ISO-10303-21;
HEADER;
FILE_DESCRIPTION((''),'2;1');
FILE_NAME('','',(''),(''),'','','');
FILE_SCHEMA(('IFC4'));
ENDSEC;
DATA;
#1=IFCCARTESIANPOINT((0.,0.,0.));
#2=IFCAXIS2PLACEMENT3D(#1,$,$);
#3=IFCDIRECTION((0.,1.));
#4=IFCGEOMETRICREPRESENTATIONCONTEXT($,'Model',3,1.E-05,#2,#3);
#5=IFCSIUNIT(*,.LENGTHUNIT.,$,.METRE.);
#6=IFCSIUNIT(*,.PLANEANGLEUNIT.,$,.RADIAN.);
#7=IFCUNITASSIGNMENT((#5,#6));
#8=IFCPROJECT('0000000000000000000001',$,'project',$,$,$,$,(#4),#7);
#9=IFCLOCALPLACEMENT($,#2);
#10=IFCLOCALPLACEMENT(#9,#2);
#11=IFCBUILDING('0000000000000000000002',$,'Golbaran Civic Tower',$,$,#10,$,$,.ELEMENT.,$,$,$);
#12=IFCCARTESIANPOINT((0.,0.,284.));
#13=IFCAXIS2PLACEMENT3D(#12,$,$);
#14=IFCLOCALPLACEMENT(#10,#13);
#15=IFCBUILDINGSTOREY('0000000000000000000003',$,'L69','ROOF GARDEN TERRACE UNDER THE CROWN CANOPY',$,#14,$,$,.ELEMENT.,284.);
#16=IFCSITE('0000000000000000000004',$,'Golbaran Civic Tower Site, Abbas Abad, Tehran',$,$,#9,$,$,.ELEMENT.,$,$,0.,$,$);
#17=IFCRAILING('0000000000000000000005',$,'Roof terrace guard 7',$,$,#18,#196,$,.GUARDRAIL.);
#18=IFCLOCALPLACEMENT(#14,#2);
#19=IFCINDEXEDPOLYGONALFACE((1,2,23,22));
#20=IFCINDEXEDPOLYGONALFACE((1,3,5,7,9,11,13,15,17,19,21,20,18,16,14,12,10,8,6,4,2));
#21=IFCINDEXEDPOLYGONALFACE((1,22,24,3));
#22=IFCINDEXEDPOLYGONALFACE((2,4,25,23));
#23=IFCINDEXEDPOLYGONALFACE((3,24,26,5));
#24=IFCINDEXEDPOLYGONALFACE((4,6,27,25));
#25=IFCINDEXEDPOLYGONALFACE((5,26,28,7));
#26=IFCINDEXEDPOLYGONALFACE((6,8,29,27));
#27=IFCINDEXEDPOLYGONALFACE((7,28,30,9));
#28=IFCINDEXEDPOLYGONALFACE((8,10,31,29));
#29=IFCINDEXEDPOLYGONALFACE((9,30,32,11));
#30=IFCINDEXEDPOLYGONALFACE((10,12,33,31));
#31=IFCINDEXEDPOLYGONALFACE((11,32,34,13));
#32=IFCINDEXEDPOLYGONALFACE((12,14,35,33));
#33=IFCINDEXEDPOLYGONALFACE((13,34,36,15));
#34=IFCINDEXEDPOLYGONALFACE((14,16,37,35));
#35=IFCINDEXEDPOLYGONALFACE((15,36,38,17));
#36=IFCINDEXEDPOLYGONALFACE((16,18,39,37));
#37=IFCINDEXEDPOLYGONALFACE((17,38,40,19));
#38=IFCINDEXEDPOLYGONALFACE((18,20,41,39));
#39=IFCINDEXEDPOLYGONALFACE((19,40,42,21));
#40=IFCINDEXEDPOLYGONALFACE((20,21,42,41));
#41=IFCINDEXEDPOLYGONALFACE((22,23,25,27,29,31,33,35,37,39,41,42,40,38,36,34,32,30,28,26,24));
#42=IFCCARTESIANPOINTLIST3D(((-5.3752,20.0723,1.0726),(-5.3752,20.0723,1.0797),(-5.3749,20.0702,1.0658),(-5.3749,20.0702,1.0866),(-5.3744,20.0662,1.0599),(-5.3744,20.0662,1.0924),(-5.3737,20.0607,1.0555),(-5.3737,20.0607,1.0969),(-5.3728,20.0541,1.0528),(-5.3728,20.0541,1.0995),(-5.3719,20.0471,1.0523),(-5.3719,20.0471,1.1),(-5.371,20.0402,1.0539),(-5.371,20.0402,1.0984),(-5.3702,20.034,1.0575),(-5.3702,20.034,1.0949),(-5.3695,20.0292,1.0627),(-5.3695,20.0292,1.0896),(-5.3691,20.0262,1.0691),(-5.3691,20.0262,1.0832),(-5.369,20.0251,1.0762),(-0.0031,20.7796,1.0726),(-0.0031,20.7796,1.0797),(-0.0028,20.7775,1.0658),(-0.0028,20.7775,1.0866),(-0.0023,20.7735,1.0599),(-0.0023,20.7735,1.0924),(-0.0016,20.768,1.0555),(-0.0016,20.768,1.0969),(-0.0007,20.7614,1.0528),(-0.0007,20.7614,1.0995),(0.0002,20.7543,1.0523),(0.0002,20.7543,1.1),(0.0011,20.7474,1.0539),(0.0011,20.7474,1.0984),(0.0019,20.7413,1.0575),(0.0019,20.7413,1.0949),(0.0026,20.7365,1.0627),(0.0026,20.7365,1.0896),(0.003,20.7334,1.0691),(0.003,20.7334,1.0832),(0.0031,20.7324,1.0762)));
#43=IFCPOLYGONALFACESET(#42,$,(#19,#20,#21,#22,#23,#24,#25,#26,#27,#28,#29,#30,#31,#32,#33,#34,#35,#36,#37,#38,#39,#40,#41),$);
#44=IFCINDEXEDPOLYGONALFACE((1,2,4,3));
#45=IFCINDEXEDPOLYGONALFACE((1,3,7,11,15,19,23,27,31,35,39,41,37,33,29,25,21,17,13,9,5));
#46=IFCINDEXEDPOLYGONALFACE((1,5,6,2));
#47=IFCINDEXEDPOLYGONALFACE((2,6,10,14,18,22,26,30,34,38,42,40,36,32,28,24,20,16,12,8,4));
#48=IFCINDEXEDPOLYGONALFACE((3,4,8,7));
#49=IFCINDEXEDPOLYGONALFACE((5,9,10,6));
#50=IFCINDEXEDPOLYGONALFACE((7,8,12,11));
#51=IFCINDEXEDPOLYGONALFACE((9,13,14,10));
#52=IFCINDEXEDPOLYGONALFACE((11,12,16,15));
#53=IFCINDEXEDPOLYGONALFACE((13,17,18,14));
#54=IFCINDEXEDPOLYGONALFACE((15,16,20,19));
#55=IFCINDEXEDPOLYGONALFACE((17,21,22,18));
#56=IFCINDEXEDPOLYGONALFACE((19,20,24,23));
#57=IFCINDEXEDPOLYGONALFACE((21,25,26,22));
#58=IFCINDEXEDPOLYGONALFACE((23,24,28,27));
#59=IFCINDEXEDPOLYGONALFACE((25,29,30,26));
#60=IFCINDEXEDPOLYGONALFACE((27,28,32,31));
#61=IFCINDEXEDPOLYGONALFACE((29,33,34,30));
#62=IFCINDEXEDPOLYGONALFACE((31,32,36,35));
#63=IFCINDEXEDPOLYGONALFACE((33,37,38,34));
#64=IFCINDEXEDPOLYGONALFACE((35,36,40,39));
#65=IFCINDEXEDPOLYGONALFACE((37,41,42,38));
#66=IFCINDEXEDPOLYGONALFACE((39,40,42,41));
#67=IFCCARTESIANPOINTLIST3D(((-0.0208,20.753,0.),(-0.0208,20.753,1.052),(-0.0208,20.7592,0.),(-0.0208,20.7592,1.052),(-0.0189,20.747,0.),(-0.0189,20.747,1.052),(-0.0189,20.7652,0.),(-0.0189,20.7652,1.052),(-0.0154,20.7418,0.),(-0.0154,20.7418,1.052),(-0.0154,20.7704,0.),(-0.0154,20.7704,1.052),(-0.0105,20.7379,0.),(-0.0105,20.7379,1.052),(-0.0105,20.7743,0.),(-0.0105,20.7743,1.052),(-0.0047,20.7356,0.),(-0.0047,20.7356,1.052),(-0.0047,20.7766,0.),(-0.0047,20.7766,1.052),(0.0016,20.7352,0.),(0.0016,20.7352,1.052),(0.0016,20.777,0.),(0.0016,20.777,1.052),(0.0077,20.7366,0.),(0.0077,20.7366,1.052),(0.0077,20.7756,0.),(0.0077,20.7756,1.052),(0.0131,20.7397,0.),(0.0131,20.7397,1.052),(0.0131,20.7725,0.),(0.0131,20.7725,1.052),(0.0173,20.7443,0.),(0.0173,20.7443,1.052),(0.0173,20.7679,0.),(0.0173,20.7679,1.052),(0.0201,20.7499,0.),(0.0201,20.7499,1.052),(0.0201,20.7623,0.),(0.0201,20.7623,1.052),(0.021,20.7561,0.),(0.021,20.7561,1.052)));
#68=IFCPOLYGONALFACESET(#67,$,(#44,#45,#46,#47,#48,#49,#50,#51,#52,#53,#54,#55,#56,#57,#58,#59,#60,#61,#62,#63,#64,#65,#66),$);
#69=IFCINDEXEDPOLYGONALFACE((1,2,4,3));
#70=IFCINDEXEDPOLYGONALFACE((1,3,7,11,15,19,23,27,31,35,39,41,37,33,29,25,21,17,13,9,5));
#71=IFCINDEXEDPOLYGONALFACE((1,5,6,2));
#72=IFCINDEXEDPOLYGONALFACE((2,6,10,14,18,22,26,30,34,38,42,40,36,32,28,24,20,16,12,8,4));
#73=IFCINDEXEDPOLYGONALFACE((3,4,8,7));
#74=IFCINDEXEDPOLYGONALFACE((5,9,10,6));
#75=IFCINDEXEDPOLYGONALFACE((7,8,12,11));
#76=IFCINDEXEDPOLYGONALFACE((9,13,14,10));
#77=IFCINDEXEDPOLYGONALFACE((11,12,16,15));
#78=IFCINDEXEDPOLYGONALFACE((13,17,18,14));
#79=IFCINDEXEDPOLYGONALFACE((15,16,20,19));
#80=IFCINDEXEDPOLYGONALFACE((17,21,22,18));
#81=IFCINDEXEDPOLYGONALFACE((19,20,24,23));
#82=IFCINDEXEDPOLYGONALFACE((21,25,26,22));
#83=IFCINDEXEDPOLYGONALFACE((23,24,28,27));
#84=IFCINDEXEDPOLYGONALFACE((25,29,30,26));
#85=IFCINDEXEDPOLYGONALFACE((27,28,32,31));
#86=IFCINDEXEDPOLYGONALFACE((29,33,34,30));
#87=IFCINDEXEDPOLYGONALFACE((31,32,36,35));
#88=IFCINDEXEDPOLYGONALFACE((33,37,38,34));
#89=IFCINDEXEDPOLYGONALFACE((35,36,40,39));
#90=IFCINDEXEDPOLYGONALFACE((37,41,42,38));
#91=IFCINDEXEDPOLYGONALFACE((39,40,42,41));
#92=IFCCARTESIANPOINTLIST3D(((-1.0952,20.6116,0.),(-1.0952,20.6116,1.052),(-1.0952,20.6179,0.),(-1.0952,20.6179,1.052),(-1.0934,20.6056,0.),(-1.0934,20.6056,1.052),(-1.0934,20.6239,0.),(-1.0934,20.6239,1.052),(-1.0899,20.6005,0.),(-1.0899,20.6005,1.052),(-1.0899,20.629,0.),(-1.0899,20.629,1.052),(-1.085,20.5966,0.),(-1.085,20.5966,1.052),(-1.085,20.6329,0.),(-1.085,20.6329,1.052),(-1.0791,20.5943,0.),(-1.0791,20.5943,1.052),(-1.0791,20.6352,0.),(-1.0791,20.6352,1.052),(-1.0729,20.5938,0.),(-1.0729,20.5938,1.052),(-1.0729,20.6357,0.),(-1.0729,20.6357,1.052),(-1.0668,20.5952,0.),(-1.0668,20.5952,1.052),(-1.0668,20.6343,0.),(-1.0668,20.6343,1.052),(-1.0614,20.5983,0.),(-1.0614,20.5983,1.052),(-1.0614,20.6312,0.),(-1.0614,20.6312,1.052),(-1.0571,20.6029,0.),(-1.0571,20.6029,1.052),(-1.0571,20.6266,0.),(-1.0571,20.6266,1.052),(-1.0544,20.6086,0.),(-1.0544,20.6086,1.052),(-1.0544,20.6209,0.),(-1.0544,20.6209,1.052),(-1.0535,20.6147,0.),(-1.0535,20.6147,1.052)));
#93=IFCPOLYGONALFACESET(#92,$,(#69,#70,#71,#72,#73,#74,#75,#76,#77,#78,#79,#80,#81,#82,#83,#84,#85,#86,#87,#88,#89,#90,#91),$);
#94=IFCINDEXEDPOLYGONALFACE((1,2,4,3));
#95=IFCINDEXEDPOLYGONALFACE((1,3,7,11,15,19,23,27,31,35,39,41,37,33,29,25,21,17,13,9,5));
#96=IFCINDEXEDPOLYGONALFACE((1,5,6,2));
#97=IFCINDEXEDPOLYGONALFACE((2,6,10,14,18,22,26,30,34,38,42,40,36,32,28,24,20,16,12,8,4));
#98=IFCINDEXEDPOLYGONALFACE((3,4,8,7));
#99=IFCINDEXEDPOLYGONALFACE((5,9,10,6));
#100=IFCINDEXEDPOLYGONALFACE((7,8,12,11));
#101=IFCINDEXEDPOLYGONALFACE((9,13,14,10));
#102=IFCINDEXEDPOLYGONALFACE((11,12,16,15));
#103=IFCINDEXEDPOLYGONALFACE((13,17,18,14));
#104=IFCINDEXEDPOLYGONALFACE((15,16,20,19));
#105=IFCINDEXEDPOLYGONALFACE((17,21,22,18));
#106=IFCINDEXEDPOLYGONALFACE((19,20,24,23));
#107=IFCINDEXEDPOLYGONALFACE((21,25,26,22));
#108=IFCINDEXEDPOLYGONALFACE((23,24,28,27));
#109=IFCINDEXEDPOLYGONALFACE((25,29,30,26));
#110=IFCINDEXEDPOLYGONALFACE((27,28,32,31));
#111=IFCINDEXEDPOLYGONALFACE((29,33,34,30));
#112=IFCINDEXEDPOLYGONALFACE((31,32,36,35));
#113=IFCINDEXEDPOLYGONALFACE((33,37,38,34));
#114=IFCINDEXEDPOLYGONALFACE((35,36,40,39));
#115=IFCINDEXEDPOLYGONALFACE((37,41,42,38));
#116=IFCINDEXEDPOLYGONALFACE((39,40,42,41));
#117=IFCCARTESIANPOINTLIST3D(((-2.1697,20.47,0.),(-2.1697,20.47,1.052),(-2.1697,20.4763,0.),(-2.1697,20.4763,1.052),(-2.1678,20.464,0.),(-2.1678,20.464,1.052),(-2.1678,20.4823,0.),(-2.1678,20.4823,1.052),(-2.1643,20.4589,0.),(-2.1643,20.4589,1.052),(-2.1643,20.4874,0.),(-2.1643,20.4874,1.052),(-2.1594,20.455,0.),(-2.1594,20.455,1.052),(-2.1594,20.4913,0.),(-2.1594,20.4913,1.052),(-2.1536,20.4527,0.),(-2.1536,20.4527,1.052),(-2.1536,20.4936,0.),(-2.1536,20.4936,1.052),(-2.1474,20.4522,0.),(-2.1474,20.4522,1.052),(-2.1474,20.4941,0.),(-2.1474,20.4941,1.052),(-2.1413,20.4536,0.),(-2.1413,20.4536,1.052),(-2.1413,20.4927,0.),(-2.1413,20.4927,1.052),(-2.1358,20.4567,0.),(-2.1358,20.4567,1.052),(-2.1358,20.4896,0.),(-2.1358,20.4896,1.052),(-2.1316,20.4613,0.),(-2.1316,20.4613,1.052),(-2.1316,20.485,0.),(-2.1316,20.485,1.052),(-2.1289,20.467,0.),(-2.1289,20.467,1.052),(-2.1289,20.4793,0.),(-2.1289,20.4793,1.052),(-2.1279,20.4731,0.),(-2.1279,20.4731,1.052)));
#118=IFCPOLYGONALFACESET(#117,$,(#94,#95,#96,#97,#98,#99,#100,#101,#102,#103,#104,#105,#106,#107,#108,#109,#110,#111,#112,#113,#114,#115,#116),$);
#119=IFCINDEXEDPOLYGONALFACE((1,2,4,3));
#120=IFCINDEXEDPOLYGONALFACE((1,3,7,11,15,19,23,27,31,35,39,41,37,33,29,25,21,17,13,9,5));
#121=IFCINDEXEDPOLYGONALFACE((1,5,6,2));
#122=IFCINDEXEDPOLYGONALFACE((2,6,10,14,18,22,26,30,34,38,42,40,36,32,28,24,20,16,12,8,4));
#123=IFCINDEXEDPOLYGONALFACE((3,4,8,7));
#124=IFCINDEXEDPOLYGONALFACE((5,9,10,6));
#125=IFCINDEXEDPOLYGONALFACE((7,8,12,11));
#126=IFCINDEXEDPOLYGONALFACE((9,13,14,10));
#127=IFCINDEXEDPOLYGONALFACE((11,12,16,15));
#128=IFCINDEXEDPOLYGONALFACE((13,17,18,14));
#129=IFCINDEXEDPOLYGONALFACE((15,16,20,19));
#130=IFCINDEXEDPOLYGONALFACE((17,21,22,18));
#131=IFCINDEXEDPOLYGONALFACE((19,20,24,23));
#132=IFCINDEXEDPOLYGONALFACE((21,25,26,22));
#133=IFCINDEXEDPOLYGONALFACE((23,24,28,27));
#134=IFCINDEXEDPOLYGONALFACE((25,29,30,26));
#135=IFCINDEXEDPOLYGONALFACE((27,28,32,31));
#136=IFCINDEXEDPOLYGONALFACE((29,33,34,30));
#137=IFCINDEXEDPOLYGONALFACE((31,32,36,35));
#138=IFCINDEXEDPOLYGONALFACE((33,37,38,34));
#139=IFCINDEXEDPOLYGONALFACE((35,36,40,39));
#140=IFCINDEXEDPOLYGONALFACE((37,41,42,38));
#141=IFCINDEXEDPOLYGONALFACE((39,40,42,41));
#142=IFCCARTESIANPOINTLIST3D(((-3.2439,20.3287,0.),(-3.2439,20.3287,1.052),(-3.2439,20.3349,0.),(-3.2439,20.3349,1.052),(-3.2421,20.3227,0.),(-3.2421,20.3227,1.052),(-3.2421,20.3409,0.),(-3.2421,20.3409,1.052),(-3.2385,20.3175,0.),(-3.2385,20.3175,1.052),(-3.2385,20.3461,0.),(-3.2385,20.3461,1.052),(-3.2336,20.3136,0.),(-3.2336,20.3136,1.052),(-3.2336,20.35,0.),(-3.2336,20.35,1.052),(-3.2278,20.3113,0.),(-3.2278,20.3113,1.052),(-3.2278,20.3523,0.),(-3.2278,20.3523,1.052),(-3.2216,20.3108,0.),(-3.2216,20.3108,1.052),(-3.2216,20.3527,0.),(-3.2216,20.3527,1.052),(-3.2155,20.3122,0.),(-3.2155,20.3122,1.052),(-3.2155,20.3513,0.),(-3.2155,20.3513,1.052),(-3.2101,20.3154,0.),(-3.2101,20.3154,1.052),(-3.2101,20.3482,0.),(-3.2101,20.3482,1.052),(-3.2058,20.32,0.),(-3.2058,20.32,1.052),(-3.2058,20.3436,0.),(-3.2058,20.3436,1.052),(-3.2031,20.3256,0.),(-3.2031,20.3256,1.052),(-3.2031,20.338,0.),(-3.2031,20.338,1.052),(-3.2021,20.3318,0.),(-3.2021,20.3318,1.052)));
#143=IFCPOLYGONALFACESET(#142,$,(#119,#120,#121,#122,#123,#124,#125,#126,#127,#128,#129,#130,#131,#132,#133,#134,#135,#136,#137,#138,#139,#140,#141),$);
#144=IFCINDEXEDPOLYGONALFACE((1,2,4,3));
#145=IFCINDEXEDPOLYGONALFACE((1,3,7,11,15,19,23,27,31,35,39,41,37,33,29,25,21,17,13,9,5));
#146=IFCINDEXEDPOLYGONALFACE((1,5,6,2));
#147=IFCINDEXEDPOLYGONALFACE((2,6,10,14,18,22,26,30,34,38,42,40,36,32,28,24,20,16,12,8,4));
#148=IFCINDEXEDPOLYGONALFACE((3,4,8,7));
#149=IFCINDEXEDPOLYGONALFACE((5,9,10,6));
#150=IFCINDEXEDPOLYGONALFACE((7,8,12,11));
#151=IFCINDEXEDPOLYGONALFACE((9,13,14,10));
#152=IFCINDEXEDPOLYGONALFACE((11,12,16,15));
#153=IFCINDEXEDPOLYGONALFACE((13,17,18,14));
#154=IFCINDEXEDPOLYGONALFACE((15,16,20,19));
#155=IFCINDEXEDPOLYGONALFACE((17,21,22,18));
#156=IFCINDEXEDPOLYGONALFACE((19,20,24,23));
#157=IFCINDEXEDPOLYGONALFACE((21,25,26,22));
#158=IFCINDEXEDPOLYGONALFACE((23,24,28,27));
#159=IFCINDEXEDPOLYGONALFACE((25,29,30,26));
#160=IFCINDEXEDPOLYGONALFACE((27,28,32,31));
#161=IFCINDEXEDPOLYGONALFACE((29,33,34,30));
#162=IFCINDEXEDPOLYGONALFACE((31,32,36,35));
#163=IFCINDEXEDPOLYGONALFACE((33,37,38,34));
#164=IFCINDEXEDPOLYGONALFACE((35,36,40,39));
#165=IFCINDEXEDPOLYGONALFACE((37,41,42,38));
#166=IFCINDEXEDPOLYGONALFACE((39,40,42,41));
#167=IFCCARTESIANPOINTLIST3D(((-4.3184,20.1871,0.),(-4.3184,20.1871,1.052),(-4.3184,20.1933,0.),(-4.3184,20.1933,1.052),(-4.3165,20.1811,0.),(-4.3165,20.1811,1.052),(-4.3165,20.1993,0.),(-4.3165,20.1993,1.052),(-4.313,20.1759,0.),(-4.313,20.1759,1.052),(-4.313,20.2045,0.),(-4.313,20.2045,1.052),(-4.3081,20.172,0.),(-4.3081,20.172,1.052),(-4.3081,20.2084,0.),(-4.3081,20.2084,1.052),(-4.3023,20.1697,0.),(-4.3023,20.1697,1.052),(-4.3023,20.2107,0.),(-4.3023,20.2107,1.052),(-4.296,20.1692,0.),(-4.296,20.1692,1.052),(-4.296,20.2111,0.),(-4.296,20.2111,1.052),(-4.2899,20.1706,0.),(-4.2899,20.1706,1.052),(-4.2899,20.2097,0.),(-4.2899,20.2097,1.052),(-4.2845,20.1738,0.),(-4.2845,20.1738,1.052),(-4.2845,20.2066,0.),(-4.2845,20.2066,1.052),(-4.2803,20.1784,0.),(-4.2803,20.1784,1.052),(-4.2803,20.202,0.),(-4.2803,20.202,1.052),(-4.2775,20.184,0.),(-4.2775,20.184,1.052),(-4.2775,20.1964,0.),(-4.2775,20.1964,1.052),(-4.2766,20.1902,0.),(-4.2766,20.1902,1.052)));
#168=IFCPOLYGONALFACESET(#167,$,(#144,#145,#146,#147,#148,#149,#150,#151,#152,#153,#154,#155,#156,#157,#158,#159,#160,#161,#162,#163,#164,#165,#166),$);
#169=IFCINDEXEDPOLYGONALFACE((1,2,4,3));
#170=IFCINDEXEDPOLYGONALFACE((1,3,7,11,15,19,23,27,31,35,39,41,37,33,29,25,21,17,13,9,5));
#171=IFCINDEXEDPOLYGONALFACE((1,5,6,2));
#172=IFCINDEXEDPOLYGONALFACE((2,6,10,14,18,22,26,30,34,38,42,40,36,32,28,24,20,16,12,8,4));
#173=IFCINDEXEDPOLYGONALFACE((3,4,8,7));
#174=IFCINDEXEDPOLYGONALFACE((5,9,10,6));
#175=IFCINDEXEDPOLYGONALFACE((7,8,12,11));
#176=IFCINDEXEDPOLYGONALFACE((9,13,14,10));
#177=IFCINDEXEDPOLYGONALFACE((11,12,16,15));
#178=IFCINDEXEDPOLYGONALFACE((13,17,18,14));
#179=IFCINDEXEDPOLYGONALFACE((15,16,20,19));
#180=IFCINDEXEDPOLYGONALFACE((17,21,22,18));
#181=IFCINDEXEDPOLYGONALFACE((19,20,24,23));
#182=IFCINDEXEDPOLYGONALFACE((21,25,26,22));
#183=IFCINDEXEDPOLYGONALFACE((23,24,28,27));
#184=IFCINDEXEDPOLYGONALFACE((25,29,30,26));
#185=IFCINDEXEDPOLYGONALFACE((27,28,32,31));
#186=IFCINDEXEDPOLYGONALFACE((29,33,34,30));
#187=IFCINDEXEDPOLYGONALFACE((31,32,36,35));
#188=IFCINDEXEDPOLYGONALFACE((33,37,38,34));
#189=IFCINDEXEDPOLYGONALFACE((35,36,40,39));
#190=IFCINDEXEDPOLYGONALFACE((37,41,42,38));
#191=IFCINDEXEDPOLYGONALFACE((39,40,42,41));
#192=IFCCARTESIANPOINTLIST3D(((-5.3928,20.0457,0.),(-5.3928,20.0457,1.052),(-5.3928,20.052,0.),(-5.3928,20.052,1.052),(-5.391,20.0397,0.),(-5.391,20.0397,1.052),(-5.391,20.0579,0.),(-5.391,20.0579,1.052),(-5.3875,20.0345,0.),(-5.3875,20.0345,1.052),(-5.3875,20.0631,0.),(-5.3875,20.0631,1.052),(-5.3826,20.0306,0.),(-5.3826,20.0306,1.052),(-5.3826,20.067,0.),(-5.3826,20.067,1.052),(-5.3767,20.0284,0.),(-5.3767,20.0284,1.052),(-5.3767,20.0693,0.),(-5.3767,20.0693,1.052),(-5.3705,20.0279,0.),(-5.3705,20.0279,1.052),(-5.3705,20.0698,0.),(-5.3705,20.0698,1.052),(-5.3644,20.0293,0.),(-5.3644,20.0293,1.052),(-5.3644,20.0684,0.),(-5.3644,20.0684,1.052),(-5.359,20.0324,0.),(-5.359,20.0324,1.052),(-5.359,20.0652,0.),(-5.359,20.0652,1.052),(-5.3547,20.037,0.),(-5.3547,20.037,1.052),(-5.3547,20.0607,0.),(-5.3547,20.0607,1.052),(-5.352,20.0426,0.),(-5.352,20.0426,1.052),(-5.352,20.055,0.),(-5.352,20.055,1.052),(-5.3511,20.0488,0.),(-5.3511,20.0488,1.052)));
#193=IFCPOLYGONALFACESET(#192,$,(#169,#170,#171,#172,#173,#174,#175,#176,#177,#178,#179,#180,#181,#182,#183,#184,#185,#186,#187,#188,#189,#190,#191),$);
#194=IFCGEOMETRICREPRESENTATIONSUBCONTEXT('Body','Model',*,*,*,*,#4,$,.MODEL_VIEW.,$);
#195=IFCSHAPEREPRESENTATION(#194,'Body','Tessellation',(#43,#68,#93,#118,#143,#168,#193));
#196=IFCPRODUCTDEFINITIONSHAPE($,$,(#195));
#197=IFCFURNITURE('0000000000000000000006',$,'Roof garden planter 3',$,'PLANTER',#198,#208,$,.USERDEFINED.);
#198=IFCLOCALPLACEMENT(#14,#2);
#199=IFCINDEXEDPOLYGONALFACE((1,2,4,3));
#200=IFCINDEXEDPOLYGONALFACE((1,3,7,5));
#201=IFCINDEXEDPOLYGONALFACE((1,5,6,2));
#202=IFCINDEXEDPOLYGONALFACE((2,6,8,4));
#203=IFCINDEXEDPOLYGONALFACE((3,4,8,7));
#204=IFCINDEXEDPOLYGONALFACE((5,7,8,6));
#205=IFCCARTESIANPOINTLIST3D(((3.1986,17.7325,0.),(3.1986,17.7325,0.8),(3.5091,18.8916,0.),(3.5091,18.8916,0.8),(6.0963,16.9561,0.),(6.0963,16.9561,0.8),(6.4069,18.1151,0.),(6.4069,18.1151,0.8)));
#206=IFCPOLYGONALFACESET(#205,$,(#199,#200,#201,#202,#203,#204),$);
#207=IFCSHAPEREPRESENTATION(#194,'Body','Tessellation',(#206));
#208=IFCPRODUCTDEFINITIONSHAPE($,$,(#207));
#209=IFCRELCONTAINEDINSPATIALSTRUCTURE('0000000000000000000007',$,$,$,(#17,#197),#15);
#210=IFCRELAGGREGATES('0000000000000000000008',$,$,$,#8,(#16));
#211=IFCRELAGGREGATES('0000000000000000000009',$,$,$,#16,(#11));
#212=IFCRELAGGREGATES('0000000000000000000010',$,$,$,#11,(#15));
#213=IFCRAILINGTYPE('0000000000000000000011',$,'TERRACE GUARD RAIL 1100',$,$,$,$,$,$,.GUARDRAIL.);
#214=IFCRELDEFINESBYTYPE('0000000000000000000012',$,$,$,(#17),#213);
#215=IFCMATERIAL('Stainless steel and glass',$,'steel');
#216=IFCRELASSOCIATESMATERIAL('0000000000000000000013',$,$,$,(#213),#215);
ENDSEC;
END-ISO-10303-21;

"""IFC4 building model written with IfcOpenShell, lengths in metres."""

from ifc_helpers import new_model, si_unit, direction, frame, origin, origin_2d, place, context, subcontext, project, spatial, rectangle, circle, extrude, material, type_object, element, save


model = new_model("IFC4")

# Units and contexts
model_context = context("Model", 3, precision=1e-05, world=origin(), true_north=direction((0.0, 1.0)))
body_context = subcontext(model_context, "Body", "Model", "MODEL_VIEW")
ifc_project = project(units=[si_unit("LENGTHUNIT", "METRE"), si_unit("PLANEANGLEUNIT", "RADIAN")], contexts=[model_context])

# Site, building, storey
site_placement = place(None, origin())
site = spatial("IfcSite", under=ifc_project, at=site_placement, Name="Golbaran Civic Tower Site, Abbas Abad, Tehran", CompositionType="ELEMENT", RefElevation=0.0)
building_placement = place(site_placement, origin())
building = spatial("IfcBuilding", under=site, at=building_placement, Name="Golbaran Civic Tower", CompositionType="ELEMENT")
storey_placement = place(building_placement, frame((0.0, 0.0, 284.0)))
storey = spatial("IfcBuildingStorey", under=building, at=storey_placement, Name="L69", Description="ROOF GARDEN TERRACE UNDER THE CROWN CANOPY", CompositionType="ELEMENT", Elevation=284.0)

# Railing
ifc_material_1 = material(Name="Stainless steel and glass", Category="steel")
railing_type = type_object("IfcRailingType", Name="TERRACE GUARD RAIL 1100", PredefinedType="GUARDRAIL", material=ifc_material_1)
railing_1_placement = place(storey_placement, frame((0.0, 20.7561, 0.0)))
element("IfcRailing", 1, at=railing_1_placement, inside=storey, type_object=railing_type, Name="Roof terrace guard 7", PredefinedType="GUARDRAIL", context=body_context, shape_type="SweptSolid", body=[
    extrude(circle(Radius=0.0239, at=origin_2d()), frame((0.0, 0.0, 1.0762), z_axis=(-0.991444, -0.130531, 0.0), x_axis=(0.130531, -0.991444, 0.0)), (0.0, 0.0, 1.0), 5.4185),
    extrude(circle(Radius=0.021, at=origin_2d()), origin(), (0.0, 0.0, 1.0), 1.052),
    extrude(circle(Radius=0.021, at=origin_2d()), frame((-1.0745, -0.1414, 0.0)), (0.0, 0.0, 1.0), 1.052),
    extrude(circle(Radius=0.021, at=origin_2d()), frame((-2.1489, -0.283, 0.0)), (0.0, 0.0, 1.0), 1.052),
    extrude(circle(Radius=0.021, at=origin_2d()), frame((-3.2231, -0.4243, 0.0)), (0.0, 0.0, 1.0), 1.052),
    extrude(circle(Radius=0.021, at=origin_2d()), frame((-4.2976, -0.5659, 0.0)), (0.0, 0.0, 1.0), 1.052),
    extrude(circle(Radius=0.021, at=origin_2d()), frame((-5.3721, -0.7073, 0.0)), (0.0, 0.0, 1.0), 1.052),
])

# Furniture
furniture_placement = place(storey_placement, frame((4.8027, 17.9238, 0.0), z_axis=(0.0, 0.0, 1.0), x_axis=(-0.965926, 0.258819, 0.0)))
element("IfcFurniture", 2, at=furniture_placement, inside=storey, Name="Roof garden planter 3", ObjectType="PLANTER", PredefinedType="USERDEFINED", context=body_context, shape_type="SweptSolid", body=[
    extrude(rectangle(XDim=3.0, YDim=1.2, at=origin_2d()), origin(), (0.0, 0.0, 1.0), 0.8),
])

save(model, "model.ifc")
